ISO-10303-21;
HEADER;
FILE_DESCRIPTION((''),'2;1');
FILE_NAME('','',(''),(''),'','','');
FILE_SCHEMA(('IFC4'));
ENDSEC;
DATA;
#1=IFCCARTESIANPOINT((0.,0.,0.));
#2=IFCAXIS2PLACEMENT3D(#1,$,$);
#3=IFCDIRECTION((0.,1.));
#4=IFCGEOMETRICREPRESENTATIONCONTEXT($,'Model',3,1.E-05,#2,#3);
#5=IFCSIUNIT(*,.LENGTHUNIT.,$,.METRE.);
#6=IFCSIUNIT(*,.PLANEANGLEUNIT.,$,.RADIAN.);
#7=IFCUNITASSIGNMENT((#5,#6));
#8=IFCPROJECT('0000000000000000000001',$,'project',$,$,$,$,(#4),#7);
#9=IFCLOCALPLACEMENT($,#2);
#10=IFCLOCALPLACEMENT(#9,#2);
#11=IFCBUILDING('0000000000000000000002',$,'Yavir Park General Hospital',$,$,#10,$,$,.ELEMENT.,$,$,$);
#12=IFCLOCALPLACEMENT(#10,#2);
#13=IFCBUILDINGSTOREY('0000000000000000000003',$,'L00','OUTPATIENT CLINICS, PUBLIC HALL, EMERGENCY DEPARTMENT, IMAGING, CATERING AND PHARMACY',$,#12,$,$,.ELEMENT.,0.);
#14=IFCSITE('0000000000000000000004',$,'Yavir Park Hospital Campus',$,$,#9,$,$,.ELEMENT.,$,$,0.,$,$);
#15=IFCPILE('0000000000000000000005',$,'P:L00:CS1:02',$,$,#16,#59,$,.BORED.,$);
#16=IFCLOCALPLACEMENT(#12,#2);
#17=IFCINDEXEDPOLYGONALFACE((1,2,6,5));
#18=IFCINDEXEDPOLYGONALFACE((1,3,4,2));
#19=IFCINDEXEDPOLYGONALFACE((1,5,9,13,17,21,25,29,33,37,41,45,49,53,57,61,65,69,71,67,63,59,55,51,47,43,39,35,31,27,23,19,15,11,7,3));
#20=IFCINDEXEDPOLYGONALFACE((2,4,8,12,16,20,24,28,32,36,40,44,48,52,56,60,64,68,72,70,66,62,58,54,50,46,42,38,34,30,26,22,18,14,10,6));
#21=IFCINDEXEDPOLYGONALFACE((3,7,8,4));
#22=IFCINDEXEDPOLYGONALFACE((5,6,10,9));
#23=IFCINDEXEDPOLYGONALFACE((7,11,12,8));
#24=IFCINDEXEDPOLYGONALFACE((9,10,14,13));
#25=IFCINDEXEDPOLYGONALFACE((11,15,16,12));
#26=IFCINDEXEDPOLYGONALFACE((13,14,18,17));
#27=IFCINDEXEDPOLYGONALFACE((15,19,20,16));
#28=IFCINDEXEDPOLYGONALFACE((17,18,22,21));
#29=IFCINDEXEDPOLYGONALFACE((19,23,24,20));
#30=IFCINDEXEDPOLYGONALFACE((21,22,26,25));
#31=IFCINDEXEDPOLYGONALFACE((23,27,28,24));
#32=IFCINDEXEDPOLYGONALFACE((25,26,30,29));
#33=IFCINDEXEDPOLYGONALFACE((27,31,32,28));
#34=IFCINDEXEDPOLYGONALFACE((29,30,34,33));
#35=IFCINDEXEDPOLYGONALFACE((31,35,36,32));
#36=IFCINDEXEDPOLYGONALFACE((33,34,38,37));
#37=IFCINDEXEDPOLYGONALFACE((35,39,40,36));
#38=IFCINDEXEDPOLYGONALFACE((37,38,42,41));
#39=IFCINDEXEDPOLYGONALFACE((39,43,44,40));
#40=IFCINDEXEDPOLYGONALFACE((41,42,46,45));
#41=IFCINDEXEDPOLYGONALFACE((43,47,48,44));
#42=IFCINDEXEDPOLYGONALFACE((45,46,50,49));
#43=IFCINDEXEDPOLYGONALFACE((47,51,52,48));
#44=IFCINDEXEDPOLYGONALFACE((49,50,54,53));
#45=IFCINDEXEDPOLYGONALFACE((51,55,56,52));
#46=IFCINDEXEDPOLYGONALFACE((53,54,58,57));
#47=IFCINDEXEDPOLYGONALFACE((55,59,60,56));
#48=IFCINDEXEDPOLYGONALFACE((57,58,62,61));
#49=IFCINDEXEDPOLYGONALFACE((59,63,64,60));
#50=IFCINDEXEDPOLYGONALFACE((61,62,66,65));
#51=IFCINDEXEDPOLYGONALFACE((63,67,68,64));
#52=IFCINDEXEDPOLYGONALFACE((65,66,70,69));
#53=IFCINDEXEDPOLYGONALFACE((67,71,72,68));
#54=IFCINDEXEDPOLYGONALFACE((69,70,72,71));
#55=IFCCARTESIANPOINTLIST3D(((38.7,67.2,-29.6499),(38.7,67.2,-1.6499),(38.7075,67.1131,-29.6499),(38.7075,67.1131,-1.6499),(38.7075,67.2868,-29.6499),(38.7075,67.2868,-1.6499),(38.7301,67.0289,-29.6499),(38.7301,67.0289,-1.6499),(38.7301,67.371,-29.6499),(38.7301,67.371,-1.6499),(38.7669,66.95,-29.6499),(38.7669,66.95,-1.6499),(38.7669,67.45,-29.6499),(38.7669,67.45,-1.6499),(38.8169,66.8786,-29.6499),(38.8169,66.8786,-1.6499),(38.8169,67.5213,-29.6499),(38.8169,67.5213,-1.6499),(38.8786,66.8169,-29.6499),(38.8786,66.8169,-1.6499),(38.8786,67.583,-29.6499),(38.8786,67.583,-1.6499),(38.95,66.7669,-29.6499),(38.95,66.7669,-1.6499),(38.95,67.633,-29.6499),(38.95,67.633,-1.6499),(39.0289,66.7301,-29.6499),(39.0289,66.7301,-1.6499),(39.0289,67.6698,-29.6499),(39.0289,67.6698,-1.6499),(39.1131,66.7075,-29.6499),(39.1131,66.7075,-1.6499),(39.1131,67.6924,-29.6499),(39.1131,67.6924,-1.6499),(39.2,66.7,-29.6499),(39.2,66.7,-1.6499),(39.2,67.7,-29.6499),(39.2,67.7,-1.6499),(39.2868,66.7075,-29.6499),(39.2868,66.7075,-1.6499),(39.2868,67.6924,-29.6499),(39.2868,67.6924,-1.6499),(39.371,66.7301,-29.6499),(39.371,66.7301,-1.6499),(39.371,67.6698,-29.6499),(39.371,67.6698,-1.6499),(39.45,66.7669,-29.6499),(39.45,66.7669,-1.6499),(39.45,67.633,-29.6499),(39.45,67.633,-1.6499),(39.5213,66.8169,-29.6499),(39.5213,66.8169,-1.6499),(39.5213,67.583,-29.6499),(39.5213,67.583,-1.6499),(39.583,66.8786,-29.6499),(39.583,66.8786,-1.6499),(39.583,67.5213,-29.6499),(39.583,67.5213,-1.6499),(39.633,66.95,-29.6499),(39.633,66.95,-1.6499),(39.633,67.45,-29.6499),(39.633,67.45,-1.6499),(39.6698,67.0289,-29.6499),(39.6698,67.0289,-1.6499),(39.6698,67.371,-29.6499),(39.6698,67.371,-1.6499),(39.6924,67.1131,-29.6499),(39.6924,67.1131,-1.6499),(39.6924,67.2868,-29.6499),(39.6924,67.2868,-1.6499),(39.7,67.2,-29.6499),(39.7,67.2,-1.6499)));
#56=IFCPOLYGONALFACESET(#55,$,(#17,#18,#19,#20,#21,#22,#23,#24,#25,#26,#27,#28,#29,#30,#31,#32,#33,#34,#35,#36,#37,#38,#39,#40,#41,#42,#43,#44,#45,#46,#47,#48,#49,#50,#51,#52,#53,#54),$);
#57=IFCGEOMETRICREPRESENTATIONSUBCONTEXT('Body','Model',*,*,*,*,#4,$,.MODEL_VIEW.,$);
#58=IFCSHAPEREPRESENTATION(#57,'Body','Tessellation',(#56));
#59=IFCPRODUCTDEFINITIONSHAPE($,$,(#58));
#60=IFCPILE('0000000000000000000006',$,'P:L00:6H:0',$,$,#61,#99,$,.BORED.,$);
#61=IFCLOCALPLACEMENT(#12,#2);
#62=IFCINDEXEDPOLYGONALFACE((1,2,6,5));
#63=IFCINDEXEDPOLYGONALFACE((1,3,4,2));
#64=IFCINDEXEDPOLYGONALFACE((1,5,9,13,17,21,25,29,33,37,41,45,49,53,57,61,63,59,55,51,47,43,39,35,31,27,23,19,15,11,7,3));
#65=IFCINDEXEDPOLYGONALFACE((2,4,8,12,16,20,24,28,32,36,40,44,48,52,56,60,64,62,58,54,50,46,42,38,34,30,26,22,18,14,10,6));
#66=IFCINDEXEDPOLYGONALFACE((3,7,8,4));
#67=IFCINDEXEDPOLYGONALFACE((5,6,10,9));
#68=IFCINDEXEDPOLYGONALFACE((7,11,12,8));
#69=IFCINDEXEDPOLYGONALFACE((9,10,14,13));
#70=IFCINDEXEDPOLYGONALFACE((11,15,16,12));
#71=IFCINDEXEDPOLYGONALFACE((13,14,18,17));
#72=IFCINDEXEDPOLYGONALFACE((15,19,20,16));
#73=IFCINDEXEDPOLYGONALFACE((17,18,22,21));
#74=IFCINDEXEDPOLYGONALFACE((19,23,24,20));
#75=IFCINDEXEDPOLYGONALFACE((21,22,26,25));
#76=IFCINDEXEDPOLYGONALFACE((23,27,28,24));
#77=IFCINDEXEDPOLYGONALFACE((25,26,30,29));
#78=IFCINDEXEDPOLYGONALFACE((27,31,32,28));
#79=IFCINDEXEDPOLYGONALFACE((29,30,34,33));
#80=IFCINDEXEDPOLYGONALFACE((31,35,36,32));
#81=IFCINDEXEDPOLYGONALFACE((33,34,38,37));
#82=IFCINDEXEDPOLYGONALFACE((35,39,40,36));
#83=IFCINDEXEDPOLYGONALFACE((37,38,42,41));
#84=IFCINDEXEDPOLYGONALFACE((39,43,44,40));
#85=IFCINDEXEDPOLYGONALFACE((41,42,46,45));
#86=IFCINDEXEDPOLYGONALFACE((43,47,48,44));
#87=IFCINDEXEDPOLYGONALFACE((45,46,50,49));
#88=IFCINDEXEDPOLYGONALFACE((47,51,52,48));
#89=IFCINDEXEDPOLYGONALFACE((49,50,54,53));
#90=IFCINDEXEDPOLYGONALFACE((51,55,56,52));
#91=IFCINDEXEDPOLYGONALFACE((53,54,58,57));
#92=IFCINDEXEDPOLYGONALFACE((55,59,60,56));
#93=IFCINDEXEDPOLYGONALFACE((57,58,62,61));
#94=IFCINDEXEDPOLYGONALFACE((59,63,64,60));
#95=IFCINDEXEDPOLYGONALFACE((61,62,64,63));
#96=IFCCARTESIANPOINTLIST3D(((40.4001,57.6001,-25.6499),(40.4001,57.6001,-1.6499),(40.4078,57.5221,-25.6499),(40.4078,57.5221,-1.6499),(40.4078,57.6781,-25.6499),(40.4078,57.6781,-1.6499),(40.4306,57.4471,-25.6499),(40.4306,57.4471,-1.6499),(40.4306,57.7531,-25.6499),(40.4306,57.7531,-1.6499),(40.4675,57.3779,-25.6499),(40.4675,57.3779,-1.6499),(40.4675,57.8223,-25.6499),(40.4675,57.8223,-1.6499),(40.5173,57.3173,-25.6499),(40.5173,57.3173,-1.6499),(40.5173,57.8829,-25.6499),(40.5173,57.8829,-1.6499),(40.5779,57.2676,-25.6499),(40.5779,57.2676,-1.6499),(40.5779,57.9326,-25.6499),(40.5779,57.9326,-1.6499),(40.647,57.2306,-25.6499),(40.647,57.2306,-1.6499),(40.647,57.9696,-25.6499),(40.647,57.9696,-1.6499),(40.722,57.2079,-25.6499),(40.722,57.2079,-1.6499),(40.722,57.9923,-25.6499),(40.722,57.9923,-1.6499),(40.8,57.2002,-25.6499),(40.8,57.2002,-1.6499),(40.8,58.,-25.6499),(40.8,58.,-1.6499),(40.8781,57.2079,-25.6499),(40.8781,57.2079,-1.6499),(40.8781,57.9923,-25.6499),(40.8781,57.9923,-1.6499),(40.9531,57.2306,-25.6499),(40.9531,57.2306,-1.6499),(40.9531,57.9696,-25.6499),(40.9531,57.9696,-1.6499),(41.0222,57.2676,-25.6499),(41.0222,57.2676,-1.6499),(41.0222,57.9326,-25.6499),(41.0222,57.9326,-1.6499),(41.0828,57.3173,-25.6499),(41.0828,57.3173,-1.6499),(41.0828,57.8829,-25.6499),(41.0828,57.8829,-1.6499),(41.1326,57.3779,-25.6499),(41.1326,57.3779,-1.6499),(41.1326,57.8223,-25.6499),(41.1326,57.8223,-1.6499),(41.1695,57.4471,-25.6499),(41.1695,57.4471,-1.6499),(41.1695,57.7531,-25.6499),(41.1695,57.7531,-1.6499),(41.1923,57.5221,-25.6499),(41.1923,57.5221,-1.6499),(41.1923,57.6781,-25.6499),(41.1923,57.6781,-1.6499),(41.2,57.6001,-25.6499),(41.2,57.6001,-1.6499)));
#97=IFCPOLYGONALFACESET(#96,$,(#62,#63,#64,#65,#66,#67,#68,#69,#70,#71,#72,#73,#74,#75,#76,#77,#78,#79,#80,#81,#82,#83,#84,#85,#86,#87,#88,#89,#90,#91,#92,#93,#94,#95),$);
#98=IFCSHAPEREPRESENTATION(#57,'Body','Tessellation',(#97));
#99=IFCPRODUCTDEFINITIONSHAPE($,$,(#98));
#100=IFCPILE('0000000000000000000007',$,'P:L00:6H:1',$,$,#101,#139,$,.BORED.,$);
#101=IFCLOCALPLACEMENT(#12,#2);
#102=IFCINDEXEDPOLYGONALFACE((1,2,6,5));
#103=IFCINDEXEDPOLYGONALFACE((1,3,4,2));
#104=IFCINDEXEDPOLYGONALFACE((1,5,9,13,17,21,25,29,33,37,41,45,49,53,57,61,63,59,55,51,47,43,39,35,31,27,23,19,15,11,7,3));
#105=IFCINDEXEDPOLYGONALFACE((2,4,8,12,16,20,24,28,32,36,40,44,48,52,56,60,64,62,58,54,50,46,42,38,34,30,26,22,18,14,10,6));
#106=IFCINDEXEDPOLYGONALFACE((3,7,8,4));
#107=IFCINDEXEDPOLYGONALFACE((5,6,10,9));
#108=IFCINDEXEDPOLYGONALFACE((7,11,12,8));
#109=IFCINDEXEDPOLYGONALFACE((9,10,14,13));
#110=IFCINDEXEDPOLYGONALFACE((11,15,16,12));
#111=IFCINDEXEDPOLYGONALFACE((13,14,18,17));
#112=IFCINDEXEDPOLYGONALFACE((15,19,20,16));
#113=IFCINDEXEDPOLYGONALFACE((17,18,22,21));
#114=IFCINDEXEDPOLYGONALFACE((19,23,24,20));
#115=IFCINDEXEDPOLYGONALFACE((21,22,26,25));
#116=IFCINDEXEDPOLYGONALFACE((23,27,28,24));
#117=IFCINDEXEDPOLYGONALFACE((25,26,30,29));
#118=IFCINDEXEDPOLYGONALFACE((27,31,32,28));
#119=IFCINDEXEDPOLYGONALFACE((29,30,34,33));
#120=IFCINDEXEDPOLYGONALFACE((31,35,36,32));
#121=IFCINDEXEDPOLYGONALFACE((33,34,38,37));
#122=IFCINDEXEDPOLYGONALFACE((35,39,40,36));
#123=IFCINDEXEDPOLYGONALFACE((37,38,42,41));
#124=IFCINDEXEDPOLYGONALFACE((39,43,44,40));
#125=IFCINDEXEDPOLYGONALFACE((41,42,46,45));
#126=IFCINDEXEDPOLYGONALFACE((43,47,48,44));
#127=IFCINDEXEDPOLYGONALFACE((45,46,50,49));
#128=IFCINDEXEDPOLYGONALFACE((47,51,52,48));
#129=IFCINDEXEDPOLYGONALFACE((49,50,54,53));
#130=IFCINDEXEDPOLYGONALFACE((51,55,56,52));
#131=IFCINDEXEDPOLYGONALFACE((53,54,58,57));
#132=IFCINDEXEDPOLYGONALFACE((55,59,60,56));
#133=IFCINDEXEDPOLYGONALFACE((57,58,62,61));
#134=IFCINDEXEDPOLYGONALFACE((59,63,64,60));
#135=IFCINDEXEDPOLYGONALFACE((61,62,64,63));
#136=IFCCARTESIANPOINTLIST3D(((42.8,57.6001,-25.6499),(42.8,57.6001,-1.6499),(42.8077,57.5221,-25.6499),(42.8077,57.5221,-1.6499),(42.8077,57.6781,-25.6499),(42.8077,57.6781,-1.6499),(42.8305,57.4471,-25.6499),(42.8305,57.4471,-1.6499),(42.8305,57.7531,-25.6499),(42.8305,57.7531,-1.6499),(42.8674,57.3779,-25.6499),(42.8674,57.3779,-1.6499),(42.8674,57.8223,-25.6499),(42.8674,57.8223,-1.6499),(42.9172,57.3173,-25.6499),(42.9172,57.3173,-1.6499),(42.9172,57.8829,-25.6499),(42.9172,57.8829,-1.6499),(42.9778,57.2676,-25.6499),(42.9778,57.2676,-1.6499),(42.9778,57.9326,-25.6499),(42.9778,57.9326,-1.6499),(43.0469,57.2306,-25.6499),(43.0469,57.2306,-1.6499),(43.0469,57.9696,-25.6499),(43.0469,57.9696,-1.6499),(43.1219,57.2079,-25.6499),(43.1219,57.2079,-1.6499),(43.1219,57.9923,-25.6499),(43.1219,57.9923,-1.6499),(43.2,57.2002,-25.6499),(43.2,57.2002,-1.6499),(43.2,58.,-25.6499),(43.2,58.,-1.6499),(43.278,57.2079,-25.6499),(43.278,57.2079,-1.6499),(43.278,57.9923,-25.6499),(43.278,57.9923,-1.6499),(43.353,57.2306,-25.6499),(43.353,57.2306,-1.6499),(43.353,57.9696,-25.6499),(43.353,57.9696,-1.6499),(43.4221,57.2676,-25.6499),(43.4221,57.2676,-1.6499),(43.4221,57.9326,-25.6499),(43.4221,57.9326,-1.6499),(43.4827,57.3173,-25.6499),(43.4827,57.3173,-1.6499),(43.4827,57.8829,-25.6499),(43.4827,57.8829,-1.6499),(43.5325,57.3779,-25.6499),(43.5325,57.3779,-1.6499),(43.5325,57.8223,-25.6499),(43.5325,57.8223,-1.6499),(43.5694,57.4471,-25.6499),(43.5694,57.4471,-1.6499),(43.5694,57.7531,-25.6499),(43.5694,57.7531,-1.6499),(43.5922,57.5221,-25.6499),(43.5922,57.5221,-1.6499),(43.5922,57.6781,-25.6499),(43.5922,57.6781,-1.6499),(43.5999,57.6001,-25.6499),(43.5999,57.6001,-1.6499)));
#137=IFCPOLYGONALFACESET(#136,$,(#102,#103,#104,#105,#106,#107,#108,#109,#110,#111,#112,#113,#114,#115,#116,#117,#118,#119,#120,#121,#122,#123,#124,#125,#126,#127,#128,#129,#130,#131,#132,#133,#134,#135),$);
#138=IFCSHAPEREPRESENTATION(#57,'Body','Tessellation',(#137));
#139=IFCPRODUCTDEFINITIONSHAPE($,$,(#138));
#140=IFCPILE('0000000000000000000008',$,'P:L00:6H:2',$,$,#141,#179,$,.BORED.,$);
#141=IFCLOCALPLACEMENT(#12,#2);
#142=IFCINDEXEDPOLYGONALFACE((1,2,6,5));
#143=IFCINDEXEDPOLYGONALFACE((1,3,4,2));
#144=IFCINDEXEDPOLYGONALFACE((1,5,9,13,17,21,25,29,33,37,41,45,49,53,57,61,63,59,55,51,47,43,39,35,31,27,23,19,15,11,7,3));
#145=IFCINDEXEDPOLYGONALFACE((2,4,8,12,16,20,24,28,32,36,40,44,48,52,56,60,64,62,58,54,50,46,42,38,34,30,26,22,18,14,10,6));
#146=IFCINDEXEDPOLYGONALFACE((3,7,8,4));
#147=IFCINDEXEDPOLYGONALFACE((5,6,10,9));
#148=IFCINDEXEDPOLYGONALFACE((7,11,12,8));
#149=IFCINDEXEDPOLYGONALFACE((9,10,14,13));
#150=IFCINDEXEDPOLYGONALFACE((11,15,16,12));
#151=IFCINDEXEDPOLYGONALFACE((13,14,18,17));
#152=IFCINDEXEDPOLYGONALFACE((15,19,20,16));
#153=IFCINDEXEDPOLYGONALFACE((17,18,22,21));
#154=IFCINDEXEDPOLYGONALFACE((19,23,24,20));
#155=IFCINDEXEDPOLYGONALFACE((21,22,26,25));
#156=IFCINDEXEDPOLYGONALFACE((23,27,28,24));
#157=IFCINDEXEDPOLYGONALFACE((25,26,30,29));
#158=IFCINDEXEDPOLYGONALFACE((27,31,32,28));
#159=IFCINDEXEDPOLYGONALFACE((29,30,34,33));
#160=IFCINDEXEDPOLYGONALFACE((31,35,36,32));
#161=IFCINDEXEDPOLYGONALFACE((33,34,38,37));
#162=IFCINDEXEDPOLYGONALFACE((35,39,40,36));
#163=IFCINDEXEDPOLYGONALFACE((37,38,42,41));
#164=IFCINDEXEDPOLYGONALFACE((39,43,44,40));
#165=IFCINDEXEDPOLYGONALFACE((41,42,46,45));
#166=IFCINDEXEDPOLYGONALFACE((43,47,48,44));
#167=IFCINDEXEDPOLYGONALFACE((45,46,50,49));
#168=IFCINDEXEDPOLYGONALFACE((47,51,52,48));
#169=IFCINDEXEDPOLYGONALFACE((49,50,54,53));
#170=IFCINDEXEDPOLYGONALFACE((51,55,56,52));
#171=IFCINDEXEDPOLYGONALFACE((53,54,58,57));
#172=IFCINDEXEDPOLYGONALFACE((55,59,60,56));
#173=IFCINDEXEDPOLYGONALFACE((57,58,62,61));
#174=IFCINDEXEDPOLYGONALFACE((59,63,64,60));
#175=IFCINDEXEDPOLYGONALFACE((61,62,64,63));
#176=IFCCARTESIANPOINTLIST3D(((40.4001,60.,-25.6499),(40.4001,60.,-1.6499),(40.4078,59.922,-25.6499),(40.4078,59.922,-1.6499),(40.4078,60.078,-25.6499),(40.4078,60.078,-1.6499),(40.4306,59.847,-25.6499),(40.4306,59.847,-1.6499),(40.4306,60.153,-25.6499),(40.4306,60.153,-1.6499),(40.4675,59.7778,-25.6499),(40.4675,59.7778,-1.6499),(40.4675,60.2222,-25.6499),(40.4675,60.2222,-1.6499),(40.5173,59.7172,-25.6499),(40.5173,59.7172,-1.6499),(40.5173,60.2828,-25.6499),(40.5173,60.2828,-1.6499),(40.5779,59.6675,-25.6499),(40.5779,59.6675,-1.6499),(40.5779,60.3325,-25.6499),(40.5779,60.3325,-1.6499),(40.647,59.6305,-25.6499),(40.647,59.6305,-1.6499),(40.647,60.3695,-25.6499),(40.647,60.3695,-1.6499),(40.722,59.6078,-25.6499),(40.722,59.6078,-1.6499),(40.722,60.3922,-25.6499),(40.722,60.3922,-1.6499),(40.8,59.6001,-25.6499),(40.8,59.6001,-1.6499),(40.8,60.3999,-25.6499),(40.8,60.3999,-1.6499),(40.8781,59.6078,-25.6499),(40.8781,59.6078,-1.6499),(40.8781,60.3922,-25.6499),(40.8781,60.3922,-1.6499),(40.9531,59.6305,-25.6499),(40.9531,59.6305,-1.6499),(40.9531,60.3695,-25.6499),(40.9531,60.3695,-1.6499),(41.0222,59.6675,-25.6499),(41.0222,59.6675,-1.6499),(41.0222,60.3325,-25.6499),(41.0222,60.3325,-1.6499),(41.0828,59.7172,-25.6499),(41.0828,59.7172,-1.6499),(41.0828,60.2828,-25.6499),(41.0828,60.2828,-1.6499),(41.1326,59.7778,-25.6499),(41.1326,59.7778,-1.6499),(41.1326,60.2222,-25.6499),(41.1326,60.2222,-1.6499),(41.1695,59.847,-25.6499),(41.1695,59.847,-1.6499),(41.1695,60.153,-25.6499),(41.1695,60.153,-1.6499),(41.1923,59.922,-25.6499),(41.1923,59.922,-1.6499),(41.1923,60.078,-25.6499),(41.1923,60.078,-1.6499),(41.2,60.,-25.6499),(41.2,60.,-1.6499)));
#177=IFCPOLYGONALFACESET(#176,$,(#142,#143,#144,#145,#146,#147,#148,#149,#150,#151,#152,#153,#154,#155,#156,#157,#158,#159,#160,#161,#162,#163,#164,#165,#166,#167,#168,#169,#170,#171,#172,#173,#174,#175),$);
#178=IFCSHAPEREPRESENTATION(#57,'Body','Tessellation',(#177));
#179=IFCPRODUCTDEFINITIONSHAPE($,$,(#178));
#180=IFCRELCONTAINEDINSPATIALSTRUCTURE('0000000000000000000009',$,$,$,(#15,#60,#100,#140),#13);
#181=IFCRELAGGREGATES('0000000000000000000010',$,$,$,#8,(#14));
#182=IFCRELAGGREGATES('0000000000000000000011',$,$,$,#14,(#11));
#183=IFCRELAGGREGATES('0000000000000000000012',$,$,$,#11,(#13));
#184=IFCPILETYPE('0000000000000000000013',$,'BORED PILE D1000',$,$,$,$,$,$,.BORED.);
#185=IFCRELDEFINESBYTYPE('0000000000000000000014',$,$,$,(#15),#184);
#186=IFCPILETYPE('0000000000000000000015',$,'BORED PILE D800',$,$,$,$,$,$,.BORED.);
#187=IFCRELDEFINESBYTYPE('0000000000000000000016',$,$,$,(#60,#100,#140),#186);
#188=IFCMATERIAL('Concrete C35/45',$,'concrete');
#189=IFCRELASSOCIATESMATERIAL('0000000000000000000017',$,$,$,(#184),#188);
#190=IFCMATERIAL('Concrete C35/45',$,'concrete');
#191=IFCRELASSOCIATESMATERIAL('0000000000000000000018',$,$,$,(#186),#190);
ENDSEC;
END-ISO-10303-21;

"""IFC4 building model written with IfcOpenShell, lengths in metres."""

from ifc_helpers import new_model, si_unit, direction, frame, origin, origin_2d, place, context, subcontext, project, spatial, circle, extrude, material, material_profile, profile_set, type_object, element, save


model = new_model("IFC4")

# Units and contexts
model_context = context("Model", 3, precision=1e-05, world=origin(), true_north=direction((0.0, 1.0)))
body_context = subcontext(model_context, "Body", "Model", "MODEL_VIEW")
ifc_project = project(units=[si_unit("LENGTHUNIT", "METRE"), si_unit("PLANEANGLEUNIT", "RADIAN")], contexts=[model_context])

# Site, building, storey
site_placement = place(None, origin())
site = spatial("IfcSite", under=ifc_project, at=site_placement, Name="Yavir Park Hospital Campus", CompositionType="ELEMENT", RefElevation=0.0)
building_placement = place(site_placement, origin())
building = spatial("IfcBuilding", under=site, at=building_placement, Name="Yavir Park General Hospital", CompositionType="ELEMENT")
storey_placement = place(building_placement, origin())
storey = spatial("IfcBuildingStorey", under=building, at=storey_placement, Name="L00", Description="OUTPATIENT CLINICS, PUBLIC HALL, EMERGENCY DEPARTMENT, IMAGING, CATERING AND PHARMACY", CompositionType="ELEMENT", Elevation=0.0)

# Piles
ifc_material_1 = material(Name="Concrete C35/45", Category="concrete")
ifc_material_profile_1 = material_profile(ifc_material_1, circle(Radius=0.5, at=origin_2d()), Name="D1000")
ifc_profile_set_1 = profile_set([ifc_material_profile_1], Name="Concrete C35/45")
pile_type_1 = type_object("IfcPileType", Name="BORED PILE D1000", PredefinedType="BORED", material=ifc_profile_set_1)
pile_placement = place(storey_placement, frame((39.2, 67.2, -1.6499), z_axis=(0.0, 0.0, -1.0), x_axis=(1.0, 0.0, 0.0)))
element("IfcPile", 1, at=pile_placement, inside=storey, type_object=pile_type_1, Name="P:L00:CS1:02", PredefinedType="BORED", context=body_context, shape_type="SweptSolid", body=[
    extrude(circle(Radius=0.5, at=origin_2d()), origin(), (0.0, 0.0, 1.0), 28.0),
])
ifc_material_2 = material(Name="Concrete C35/45", Category="concrete")
ifc_material_profile_2 = material_profile(ifc_material_2, circle(Radius=0.3999, at=origin_2d()), Name="D800")
ifc_profile_set_2 = profile_set([ifc_material_profile_2], Name="Concrete C35/45")
pile_type_2 = type_object("IfcPileType", Name="BORED PILE D800", PredefinedType="BORED", material=ifc_profile_set_2)
for number, where, z_axis, x_axis, name in (
    (2, (40.8, 57.6001, -1.6499), (0.0, 0.0, -1.0), (1.0, 0.0, 0.0), "P:L00:6H:0"),
    (3, (43.2, 57.6001, -1.6499), (0.0, 0.0, -1.0), (1.0, 0.0, 0.0), "P:L00:6H:1"),
    (4, (40.8, 60.0, -1.6499), (0.0, 0.0, -1.0), (1.0, 0.0, 0.0), "P:L00:6H:2"),
):
    element("IfcPile", number, at=place(storey_placement, frame(where, z_axis=z_axis, x_axis=x_axis)), inside=storey, type_object=pile_type_2, Name=name, PredefinedType="BORED", context=body_context, shape_type="SweptSolid", body=[
        extrude(circle(Radius=0.3999, at=origin_2d()), origin(), (0.0, 0.0, 1.0), 24.0),
    ])

save(model, "model.ifc")
